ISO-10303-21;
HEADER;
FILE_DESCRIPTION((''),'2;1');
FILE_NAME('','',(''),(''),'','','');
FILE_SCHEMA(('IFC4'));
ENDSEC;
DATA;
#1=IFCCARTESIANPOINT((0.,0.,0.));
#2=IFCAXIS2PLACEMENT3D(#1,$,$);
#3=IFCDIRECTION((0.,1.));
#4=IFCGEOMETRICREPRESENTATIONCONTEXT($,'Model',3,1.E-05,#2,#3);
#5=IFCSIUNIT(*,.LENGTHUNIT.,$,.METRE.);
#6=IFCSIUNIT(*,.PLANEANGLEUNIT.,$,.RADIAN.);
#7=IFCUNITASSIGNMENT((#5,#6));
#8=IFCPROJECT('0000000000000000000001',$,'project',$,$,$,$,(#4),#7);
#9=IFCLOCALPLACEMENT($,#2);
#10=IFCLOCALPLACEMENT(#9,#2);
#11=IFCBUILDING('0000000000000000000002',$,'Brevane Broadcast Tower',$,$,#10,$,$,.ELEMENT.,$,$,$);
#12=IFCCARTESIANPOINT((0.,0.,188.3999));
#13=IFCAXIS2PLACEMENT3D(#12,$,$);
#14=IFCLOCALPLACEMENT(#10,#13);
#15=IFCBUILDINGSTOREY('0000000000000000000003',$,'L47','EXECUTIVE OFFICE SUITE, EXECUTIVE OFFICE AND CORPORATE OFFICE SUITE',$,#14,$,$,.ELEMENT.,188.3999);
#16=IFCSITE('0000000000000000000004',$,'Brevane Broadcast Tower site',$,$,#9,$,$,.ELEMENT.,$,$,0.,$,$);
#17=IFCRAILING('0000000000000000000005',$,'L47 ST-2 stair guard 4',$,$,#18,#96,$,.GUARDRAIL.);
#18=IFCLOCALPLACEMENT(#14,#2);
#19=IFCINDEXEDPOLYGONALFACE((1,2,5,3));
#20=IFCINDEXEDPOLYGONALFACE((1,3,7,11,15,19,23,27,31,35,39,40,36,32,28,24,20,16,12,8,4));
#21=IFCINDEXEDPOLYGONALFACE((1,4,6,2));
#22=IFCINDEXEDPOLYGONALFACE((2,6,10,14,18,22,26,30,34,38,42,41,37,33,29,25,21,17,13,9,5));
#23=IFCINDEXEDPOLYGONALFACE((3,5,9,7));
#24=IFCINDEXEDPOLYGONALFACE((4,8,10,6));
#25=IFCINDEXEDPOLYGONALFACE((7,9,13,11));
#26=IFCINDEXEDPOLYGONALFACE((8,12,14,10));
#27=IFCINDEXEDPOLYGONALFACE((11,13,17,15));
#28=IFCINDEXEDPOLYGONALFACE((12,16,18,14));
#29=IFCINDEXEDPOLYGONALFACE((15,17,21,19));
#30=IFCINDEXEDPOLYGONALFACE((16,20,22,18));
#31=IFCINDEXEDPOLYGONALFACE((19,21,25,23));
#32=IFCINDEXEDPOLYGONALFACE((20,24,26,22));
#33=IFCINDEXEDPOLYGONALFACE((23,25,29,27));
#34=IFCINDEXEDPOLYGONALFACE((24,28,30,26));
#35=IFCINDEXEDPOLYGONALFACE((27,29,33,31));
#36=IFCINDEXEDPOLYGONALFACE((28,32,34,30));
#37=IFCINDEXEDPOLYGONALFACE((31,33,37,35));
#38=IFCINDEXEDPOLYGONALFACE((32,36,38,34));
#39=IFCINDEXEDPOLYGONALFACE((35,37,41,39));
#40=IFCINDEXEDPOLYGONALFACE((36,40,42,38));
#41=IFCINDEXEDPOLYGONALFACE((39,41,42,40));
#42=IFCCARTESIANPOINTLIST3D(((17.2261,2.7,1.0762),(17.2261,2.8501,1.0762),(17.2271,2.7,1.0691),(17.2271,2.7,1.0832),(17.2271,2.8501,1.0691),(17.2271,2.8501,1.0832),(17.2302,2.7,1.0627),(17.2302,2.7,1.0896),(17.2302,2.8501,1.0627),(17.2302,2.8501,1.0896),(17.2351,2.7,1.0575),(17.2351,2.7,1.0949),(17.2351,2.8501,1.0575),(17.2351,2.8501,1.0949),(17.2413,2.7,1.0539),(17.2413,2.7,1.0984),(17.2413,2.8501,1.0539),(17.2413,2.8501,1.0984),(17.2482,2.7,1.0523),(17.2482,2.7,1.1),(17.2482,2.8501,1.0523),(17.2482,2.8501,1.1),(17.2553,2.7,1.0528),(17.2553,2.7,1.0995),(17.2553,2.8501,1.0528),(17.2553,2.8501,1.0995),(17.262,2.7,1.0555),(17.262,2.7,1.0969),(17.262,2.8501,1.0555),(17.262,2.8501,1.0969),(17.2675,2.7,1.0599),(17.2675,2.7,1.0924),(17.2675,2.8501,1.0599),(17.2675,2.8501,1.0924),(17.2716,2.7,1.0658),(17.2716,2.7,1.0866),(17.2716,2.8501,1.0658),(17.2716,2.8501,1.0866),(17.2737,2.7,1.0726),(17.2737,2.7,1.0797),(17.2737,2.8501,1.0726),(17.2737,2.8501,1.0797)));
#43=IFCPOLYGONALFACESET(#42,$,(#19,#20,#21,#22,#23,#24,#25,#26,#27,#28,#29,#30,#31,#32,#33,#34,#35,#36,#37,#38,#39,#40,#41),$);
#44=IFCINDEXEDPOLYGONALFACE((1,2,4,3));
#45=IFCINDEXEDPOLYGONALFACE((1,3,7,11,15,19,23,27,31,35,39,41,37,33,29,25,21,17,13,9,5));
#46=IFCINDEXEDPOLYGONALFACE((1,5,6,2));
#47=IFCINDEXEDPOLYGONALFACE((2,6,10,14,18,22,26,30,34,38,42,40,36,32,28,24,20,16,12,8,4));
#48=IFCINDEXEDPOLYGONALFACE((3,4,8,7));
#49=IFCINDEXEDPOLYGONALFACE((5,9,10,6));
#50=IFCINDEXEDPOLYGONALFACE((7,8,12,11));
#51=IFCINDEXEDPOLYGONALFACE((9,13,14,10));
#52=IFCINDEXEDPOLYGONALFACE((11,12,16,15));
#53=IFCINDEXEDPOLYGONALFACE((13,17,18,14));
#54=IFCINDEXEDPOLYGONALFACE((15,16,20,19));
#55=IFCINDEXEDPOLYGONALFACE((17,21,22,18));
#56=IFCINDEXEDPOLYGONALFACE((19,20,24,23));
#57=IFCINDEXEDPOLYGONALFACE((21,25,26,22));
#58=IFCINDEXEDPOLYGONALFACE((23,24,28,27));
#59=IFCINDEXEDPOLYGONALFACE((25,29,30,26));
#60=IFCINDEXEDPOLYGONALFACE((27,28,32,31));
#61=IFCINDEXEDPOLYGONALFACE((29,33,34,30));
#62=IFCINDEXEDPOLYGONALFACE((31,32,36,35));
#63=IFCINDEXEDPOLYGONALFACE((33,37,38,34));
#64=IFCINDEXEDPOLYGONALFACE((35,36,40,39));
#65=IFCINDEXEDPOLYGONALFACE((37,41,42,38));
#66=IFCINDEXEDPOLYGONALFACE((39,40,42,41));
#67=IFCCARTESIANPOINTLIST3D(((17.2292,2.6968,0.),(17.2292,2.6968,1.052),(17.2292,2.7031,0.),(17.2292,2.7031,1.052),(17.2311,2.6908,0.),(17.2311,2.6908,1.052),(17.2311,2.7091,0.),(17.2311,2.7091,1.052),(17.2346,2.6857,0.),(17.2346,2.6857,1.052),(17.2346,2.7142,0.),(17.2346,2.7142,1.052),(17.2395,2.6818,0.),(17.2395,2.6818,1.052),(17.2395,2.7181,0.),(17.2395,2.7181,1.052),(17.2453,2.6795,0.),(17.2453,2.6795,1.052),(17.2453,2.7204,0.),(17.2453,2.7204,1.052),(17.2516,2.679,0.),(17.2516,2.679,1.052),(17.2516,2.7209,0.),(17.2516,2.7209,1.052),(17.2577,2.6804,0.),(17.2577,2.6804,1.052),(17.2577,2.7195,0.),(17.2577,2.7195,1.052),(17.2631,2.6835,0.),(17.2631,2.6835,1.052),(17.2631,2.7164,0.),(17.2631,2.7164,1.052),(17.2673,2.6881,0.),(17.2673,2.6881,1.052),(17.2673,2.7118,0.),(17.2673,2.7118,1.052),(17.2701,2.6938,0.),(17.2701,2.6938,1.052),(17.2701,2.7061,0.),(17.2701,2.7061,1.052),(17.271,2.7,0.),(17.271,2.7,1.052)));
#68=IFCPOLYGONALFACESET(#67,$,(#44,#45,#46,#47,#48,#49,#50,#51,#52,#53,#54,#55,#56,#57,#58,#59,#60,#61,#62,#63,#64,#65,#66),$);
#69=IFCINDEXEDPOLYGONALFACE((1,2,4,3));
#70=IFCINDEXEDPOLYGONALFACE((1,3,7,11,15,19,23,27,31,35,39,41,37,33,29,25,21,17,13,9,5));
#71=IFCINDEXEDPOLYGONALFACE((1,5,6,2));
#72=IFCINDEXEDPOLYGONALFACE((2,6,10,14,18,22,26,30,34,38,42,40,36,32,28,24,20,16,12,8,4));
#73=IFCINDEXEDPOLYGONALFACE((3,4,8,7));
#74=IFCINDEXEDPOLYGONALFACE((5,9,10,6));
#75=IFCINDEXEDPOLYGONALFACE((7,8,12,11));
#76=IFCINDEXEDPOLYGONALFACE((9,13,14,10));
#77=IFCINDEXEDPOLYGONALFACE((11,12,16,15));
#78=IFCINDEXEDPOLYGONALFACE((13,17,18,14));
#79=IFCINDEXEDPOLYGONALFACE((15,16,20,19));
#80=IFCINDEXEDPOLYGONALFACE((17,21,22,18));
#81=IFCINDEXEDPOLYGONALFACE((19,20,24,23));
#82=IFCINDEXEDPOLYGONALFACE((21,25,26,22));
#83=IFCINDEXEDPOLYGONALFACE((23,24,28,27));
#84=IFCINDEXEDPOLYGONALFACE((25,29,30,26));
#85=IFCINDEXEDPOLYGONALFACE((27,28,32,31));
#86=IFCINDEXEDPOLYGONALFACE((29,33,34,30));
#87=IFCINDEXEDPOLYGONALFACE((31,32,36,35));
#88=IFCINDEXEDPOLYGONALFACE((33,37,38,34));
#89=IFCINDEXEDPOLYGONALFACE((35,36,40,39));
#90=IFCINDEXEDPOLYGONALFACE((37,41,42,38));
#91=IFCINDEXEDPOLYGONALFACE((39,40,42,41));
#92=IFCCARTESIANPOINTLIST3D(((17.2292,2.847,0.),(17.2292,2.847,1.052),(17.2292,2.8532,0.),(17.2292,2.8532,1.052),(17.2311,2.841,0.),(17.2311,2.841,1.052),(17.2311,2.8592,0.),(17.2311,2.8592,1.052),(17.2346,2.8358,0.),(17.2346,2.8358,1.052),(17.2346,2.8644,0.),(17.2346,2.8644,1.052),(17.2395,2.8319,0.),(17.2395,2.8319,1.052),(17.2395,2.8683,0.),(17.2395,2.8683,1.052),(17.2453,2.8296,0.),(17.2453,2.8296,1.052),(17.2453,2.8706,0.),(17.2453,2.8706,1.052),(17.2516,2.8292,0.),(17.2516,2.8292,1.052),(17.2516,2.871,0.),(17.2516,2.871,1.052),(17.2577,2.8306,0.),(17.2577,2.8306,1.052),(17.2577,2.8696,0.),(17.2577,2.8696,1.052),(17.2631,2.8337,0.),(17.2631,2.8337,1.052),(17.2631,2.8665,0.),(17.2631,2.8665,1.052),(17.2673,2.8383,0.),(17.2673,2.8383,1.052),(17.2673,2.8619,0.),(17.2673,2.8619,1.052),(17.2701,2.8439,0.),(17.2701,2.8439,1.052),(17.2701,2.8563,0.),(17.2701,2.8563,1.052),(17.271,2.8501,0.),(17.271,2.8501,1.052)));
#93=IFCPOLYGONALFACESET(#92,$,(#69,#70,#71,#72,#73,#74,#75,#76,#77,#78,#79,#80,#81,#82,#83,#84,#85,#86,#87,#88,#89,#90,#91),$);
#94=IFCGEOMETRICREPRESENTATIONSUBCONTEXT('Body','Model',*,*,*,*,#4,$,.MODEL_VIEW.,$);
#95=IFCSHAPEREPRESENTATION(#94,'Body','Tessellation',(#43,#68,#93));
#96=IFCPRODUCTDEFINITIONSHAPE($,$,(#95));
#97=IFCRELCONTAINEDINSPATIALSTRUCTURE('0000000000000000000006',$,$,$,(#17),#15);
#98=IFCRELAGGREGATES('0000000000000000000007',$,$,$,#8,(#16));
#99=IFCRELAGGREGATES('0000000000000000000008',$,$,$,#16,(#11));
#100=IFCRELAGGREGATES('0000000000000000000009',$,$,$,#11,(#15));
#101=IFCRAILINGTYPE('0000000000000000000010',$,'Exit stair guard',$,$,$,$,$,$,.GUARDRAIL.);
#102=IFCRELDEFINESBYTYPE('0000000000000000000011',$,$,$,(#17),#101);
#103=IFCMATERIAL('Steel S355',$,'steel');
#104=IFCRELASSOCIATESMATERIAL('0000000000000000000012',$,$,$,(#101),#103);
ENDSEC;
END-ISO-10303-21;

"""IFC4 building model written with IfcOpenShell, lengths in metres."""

from ifc_helpers import new_model, si_unit, direction, frame, origin, origin_2d, place, context, subcontext, project, spatial, circle, extrude, material, type_object, element, save


model = new_model("IFC4")

# Units and contexts
model_context = context("Model", 3, precision=1e-05, world=origin(), true_north=direction((0.0, 1.0)))
body_context = subcontext(model_context, "Body", "Model", "MODEL_VIEW")
ifc_project = project(units=[si_unit("LENGTHUNIT", "METRE"), si_unit("PLANEANGLEUNIT", "RADIAN")], contexts=[model_context])

# Site, building, storey
site_placement = place(None, origin())
site = spatial("IfcSite", under=ifc_project, at=site_placement, Name="Brevane Broadcast Tower site", CompositionType="ELEMENT", RefElevation=0.0)
building_placement = place(site_placement, origin())
building = spatial("IfcBuilding", under=site, at=building_placement, Name="Brevane Broadcast Tower", CompositionType="ELEMENT")
storey_placement = place(building_placement, frame((0.0, 0.0, 188.3999)))
storey = spatial("IfcBuildingStorey", under=building, at=storey_placement, Name="L47", Description="EXECUTIVE OFFICE SUITE, EXECUTIVE OFFICE AND CORPORATE OFFICE SUITE", CompositionType="ELEMENT", Elevation=188.3999)

# Railing
ifc_material_1 = material(Name="Steel S355", Category="steel")
railing_type_1 = type_object("IfcRailingType", Name="Exit stair guard", PredefinedType="GUARDRAIL", material=ifc_material_1)
railing_1_placement = place(storey_placement, frame((17.25, 2.7, 0.0)))
element("IfcRailing", 1, at=railing_1_placement, inside=storey, type_object=railing_type_1, Name="L47 ST-2 stair guard 4", PredefinedType="GUARDRAIL", context=body_context, shape_type="SweptSolid", body=[
    extrude(circle(Radius=0.0239, at=origin_2d()), frame((0.0, 0.0, 1.0762), z_axis=(0.0, 1.0, 0.0), x_axis=(-1.0, 0.0, 0.0)), (0.0, 0.0, 1.0), 0.1501),
    extrude(circle(Radius=0.021, at=origin_2d()), origin(), (0.0, 0.0, 1.0), 1.052),
    extrude(circle(Radius=0.021, at=origin_2d()), frame((0.0, 0.1501, 0.0)), (0.0, 0.0, 1.0), 1.052),
])

save(model, "model.ifc")
